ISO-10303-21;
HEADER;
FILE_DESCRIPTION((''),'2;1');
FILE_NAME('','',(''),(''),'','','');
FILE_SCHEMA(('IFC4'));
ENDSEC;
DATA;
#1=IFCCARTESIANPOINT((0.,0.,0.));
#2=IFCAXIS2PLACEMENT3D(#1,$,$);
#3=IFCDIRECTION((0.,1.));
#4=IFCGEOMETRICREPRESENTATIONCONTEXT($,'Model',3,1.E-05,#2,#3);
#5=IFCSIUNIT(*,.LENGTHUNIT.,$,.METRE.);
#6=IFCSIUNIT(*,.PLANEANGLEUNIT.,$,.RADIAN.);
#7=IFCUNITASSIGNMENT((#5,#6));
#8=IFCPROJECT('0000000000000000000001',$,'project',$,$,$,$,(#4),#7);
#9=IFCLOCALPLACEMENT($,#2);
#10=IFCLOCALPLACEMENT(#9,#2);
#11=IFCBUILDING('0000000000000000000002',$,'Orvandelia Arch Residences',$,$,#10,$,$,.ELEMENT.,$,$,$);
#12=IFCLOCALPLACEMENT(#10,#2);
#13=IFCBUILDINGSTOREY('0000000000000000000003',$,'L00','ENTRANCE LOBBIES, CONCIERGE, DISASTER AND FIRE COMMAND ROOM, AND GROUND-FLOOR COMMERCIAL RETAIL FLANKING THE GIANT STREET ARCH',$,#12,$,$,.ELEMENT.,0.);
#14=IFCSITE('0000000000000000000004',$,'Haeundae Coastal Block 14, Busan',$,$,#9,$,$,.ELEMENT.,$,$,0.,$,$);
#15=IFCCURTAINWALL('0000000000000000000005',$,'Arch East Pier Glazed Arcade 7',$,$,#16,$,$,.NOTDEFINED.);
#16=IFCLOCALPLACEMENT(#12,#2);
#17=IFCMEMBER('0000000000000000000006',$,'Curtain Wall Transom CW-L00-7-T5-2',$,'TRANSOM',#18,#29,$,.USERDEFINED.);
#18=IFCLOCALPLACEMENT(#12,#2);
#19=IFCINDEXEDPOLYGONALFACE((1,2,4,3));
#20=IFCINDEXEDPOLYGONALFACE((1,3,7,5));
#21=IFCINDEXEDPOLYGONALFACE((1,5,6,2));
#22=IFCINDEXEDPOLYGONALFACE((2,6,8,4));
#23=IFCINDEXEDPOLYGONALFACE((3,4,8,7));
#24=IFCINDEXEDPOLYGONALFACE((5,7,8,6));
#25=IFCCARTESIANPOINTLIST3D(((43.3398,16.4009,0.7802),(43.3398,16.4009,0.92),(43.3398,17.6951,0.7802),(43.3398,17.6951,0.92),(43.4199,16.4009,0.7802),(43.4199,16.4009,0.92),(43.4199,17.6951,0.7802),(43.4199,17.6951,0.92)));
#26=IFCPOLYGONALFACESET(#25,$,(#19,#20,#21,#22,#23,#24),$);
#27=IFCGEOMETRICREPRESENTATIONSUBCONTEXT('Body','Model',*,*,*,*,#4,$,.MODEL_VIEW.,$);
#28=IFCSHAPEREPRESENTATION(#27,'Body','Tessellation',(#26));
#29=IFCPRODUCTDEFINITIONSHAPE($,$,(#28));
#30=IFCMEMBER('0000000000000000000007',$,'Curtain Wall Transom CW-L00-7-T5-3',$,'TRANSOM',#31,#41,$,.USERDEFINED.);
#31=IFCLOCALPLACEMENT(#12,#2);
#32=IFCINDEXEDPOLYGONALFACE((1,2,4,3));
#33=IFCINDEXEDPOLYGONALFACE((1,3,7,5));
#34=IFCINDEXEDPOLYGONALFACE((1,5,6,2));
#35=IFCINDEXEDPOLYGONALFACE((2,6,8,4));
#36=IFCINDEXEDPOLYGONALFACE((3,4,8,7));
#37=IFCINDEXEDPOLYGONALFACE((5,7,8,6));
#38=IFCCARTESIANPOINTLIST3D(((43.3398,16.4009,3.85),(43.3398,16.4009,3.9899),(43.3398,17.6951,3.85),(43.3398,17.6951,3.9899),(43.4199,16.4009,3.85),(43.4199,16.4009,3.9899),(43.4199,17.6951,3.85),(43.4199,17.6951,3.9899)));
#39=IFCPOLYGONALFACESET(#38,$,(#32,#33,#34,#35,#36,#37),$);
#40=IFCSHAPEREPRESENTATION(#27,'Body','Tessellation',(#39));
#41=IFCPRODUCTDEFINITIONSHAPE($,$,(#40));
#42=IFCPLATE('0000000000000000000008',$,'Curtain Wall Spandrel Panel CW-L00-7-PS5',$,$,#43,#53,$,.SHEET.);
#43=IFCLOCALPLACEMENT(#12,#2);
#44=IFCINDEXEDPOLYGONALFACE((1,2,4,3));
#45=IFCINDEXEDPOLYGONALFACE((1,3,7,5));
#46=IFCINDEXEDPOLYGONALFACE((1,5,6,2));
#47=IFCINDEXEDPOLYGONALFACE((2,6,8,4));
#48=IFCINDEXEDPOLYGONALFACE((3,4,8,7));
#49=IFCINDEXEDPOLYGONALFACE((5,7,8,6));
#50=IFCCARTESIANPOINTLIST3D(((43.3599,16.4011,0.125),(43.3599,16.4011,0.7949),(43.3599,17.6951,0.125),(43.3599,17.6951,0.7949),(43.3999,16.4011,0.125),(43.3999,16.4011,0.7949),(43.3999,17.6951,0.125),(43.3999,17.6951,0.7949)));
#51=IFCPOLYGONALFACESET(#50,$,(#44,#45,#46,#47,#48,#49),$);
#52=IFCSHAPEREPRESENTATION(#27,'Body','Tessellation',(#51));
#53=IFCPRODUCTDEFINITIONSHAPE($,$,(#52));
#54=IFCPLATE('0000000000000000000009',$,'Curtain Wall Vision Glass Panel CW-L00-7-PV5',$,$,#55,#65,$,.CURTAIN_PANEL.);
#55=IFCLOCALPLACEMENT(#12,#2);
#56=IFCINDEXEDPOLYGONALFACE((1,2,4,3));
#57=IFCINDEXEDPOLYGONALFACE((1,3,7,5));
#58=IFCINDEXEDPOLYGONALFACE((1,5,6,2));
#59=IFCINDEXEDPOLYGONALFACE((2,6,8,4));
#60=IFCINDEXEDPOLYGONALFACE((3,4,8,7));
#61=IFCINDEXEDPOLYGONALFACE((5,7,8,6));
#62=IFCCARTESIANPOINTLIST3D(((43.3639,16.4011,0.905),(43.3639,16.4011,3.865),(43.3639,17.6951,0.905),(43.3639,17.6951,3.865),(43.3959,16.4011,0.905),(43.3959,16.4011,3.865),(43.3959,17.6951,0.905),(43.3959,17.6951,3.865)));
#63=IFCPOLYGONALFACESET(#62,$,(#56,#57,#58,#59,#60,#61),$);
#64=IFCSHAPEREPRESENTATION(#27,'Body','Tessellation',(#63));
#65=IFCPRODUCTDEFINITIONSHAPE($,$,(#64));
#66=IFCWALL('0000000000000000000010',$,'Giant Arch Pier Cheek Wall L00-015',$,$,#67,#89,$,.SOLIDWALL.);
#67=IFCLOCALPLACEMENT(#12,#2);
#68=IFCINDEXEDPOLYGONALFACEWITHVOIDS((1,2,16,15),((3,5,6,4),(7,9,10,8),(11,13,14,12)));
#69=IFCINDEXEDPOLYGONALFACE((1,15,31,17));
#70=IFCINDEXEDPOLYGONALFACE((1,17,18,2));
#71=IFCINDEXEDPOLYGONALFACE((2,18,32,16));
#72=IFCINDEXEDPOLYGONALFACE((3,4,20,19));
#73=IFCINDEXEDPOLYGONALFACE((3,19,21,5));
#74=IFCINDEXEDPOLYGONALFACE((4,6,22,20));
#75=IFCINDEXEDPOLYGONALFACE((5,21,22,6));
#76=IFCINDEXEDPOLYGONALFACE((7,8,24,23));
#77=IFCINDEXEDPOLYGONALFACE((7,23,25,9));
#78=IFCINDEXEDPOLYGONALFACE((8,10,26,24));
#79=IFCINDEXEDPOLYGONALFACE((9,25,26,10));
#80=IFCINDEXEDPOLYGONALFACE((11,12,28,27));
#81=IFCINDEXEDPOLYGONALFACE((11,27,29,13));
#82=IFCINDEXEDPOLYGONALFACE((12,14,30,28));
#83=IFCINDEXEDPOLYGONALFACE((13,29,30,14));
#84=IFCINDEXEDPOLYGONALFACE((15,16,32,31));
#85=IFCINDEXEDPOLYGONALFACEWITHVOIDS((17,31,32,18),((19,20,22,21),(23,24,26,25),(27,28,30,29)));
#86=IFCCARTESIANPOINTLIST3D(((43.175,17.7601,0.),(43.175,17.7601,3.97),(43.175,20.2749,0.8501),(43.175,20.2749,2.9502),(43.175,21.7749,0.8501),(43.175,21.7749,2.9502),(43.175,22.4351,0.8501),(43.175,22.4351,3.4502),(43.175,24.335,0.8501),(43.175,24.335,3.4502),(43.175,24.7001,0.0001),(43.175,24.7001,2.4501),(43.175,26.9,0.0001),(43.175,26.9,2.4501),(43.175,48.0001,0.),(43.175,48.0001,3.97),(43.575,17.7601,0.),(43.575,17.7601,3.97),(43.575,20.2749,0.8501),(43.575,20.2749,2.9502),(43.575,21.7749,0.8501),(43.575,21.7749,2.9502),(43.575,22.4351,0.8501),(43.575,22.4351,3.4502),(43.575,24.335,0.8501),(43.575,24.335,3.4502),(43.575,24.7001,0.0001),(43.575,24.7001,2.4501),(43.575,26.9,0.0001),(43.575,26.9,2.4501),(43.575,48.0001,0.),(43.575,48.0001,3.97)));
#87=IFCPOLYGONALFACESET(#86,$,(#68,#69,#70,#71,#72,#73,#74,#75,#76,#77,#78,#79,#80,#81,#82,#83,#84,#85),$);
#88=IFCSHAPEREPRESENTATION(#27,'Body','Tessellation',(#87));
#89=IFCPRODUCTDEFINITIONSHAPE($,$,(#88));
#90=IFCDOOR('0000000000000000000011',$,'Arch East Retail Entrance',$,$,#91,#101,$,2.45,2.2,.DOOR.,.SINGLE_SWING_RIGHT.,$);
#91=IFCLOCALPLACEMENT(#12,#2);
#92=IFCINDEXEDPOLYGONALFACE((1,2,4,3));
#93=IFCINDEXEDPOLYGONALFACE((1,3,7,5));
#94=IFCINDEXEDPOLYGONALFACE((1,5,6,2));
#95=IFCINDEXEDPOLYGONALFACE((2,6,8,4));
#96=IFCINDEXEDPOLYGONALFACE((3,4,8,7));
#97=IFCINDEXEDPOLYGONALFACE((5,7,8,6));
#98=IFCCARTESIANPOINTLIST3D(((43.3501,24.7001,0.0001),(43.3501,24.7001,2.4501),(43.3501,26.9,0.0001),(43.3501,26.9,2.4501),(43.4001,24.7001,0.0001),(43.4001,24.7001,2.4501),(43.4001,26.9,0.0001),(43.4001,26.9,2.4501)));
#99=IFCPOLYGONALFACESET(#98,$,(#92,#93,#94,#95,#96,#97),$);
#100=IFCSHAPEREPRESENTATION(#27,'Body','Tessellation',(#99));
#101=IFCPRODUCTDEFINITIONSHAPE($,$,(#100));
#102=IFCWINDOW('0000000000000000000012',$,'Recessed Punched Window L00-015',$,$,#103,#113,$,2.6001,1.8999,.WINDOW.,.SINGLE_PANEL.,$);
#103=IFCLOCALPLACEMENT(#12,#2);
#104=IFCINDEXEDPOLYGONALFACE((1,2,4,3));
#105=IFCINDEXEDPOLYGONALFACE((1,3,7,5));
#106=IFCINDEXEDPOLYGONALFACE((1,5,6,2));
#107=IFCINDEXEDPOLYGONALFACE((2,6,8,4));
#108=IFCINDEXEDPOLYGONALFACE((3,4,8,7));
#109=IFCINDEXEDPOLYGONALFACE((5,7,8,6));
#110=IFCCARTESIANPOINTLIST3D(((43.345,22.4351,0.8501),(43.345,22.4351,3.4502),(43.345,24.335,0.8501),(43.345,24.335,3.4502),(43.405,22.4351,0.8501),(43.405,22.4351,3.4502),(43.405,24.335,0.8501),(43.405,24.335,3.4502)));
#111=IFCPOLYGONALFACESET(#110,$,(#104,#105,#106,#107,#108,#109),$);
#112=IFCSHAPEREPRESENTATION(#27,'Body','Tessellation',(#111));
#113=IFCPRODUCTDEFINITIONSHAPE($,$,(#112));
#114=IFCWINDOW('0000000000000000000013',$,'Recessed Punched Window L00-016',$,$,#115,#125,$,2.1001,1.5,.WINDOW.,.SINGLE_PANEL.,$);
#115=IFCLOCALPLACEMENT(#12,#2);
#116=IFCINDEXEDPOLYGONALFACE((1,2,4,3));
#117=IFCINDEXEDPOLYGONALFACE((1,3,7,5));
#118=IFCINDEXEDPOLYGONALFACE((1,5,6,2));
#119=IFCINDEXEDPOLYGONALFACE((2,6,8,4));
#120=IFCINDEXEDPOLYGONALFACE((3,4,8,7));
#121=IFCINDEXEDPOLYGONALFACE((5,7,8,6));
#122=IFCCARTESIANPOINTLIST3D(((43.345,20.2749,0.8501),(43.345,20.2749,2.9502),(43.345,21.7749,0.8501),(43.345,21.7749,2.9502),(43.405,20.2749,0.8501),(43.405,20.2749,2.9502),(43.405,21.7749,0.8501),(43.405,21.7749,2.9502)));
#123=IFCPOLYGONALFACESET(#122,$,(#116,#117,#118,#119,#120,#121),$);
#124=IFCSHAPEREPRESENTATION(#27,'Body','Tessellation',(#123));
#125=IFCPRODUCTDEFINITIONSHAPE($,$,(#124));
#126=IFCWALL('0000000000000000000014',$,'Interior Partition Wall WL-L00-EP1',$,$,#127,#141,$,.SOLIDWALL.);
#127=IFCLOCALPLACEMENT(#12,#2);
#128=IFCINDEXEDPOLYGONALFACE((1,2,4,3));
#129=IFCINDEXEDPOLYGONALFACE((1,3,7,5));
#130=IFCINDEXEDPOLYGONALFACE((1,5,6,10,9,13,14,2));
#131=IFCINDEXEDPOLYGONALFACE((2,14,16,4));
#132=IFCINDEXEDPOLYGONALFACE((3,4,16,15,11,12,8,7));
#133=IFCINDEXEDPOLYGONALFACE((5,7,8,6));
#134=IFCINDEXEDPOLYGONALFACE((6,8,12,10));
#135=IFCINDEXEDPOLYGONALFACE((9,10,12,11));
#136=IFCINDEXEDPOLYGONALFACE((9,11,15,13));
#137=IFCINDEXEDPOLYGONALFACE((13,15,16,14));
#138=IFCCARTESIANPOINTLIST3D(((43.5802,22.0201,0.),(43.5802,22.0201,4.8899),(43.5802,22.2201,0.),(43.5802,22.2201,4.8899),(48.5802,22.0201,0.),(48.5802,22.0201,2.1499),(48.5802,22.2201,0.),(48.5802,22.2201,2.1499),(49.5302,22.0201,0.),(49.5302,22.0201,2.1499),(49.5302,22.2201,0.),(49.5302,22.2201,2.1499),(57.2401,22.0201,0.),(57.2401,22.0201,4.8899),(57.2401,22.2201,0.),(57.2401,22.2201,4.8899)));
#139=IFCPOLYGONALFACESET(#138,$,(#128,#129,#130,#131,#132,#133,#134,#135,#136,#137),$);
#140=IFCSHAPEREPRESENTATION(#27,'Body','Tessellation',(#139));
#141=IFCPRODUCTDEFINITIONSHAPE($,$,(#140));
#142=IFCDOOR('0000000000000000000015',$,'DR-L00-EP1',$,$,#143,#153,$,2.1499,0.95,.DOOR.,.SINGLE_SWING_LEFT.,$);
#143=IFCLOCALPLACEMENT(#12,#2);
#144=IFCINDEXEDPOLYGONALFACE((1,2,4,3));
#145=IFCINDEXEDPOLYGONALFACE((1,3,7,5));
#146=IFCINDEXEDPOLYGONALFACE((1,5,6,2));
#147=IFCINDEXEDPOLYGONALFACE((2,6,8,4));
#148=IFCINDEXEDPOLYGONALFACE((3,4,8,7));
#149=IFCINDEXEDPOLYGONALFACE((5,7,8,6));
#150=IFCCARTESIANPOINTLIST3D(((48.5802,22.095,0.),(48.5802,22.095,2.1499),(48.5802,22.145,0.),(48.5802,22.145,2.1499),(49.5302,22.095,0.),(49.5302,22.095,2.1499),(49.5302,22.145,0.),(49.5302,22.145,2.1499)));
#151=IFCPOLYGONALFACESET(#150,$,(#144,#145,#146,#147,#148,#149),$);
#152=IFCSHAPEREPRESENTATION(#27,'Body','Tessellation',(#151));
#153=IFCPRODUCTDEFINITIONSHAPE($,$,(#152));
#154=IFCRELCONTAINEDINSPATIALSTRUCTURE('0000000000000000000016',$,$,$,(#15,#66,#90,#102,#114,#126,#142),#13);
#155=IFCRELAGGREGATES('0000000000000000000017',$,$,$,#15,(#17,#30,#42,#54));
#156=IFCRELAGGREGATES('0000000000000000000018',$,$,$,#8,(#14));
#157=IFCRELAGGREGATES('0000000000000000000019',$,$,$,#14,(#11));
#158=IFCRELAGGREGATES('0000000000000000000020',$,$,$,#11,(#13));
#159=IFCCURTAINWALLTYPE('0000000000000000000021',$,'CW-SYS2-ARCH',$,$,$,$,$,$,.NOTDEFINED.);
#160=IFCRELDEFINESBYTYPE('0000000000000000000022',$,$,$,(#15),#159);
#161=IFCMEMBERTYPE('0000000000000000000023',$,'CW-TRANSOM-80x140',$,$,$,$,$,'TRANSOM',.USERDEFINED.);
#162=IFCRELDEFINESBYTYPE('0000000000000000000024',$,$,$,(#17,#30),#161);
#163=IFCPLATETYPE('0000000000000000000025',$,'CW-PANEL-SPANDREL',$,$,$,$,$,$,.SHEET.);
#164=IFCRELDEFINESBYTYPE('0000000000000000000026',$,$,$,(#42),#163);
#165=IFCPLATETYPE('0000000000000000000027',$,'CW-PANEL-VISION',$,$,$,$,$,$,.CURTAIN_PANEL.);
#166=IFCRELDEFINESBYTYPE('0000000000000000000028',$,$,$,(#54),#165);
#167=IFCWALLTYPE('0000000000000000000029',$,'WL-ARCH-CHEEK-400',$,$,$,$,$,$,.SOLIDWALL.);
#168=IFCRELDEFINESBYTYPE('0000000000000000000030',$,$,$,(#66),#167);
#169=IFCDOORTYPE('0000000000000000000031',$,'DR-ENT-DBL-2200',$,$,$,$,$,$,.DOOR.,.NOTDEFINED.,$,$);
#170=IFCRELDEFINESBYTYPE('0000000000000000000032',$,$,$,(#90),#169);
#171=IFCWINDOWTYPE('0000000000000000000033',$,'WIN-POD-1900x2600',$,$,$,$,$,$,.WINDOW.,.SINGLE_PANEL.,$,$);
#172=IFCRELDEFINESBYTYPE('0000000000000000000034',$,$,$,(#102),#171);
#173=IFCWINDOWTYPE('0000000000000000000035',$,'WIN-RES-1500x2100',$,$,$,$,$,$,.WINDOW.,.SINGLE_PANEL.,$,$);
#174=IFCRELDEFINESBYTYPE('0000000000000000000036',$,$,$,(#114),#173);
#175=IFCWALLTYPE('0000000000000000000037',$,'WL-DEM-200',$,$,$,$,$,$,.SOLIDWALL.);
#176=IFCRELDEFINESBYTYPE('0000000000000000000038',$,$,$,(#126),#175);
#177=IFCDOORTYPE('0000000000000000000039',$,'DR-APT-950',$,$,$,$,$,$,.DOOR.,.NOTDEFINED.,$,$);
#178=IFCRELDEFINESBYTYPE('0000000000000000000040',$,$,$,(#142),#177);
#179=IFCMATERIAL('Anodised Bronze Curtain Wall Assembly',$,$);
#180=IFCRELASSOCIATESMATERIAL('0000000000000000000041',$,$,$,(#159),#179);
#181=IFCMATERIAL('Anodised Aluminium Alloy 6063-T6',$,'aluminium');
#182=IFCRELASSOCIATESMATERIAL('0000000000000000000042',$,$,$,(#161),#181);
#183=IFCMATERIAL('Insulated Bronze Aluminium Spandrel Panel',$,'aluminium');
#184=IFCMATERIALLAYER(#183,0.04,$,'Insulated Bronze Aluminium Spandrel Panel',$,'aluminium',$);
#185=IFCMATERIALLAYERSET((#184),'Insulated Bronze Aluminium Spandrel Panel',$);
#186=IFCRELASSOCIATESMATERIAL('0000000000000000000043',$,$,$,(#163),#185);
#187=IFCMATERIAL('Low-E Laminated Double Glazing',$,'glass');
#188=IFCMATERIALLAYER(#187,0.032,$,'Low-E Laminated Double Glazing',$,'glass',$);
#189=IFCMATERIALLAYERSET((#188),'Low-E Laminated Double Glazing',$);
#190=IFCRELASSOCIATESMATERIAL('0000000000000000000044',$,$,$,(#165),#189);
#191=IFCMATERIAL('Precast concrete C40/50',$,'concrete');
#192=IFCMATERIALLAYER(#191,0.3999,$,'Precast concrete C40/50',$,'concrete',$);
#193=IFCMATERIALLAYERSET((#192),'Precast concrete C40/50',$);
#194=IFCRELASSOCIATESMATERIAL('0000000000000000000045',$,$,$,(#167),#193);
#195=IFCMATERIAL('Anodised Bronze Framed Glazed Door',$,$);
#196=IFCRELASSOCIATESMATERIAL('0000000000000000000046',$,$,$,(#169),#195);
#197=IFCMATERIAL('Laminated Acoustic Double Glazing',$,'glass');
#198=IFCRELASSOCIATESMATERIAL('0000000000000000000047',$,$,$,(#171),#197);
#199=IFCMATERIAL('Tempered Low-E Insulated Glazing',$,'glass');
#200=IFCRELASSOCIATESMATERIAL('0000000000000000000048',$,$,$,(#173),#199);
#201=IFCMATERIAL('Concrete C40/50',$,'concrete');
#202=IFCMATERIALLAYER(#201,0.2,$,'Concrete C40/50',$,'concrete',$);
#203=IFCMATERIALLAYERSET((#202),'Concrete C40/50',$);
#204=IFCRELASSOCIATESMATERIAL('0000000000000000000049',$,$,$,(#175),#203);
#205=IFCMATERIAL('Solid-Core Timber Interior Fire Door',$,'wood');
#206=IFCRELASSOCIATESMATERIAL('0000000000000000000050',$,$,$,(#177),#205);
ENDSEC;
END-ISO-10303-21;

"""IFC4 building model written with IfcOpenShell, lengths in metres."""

from ifc_helpers import new_model, si_unit, direction, frame, frame_2d, origin, origin_2d, place, context, subcontext, project, spatial, rectangle, extrude, material, layer, layer_set, material_profile, profile_set, type_object, element, fill, aggregate, save


model = new_model("IFC4")

# Units and contexts
model_context = context("Model", 3, precision=1e-05, world=origin(), true_north=direction((0.0, 1.0)))
body_context = subcontext(model_context, "Body", "Model", "MODEL_VIEW")
ifc_project = project(units=[si_unit("LENGTHUNIT", "METRE"), si_unit("PLANEANGLEUNIT", "RADIAN")], contexts=[model_context])

# Site, building, storey
site_placement = place(None, origin())
site = spatial("IfcSite", under=ifc_project, at=site_placement, Name="Haeundae Coastal Block 14, Busan", CompositionType="ELEMENT", RefElevation=0.0)
building_placement = place(site_placement, origin())
building = spatial("IfcBuilding", under=site, at=building_placement, Name="Orvandelia Arch Residences", CompositionType="ELEMENT")
storey_placement = place(building_placement, origin())
storey = spatial("IfcBuildingStorey", under=building, at=storey_placement, Name="L00", Description="ENTRANCE LOBBIES, CONCIERGE, DISASTER AND FIRE COMMAND ROOM, AND GROUND-FLOOR COMMERCIAL RETAIL FLANKING THE GIANT STREET ARCH", CompositionType="ELEMENT", Elevation=0.0)

# Curtain wall, members, plates
ifc_material_1 = material(Name="Anodised Bronze Curtain Wall Assembly")
curtain_wall_type = type_object("IfcCurtainWallType", Name="CW-SYS2-ARCH", PredefinedType="NOTDEFINED", material=ifc_material_1)
curtain_wall_placement = place(storey_placement, origin())
curtain_wall = element("IfcCurtainWall", 1, at=curtain_wall_placement, inside=storey, type_object=curtain_wall_type, Name="Arch East Pier Glazed Arcade 7", PredefinedType="NOTDEFINED")
ifc_material_2 = material(Name="Anodised Aluminium Alloy 6063-T6", Category="aluminium")
ifc_material_profile_1 = material_profile(ifc_material_2, rectangle(XDim=0.0801, YDim=0.1399, at=origin_2d()), Name="Anodised Aluminium Alloy 6063-T6", Category="aluminium")
ifc_profile_set_1 = profile_set([ifc_material_profile_1], Name="Anodised Aluminium Alloy 6063-T6")
member_type_1 = type_object("IfcMemberType", Name="CW-TRANSOM-80x140", ElementType="TRANSOM", PredefinedType="USERDEFINED", material=ifc_profile_set_1)
member_1_placement = place(storey_placement, frame((43.3799, 16.4009, 0.8501), z_axis=(0.0, 1.0, 0.0), x_axis=(-1.0, 0.0, 0.0)))
member_1 = element("IfcMember", 2, at=member_1_placement, type_object=member_type_1, Name="Curtain Wall Transom CW-L00-7-T5-2", ObjectType="TRANSOM", PredefinedType="USERDEFINED", context=body_context, shape_type="SweptSolid", body=[
    extrude(rectangle(XDim=0.0801, YDim=0.1399, at=origin_2d()), origin(), (0.0, 0.0, 1.0), 1.2942),
])
member_2_placement = place(storey_placement, frame((43.3799, 16.4009, 3.9199), z_axis=(0.0, 1.0, 0.0), x_axis=(-1.0, 0.0, 0.0)))
member_2 = element("IfcMember", 3, at=member_2_placement, type_object=member_type_1, Name="Curtain Wall Transom CW-L00-7-T5-3", ObjectType="TRANSOM", PredefinedType="USERDEFINED", context=body_context, shape_type="SweptSolid", body=[
    extrude(rectangle(XDim=0.0801, YDim=0.1399, at=origin_2d()), origin(), (0.0, 0.0, 1.0), 1.2942),
])
ifc_material_3 = material(Name="Insulated Bronze Aluminium Spandrel Panel", Category="aluminium")
ifc_layer_1 = layer(ifc_material_3, 0.04, Name="Insulated Bronze Aluminium Spandrel Panel", Category="aluminium")
ifc_layer_set_1 = layer_set([ifc_layer_1], Name="Insulated Bronze Aluminium Spandrel Panel")
plate_type_1 = type_object("IfcPlateType", Name="CW-PANEL-SPANDREL", PredefinedType="SHEET", material=ifc_layer_set_1)
plate_1_placement = place(storey_placement, frame((43.3799, 17.0481, 0.125), z_axis=(0.0, 0.0, 1.0), x_axis=(0.0, 1.0, 0.0)))
plate_1 = element("IfcPlate", 4, at=plate_1_placement, type_object=plate_type_1, Name="Curtain Wall Spandrel Panel CW-L00-7-PS5", PredefinedType="SHEET", context=body_context, shape_type="SweptSolid", body=[
    extrude(rectangle(XDim=1.2939, YDim=0.04, at=origin_2d()), origin(), (0.0, 0.0, 1.0), 0.6699),
])
ifc_material_4 = material(Name="Low-E Laminated Double Glazing", Category="glass")
ifc_layer_2 = layer(ifc_material_4, 0.032, Name="Low-E Laminated Double Glazing", Category="glass")
ifc_layer_set_2 = layer_set([ifc_layer_2], Name="Low-E Laminated Double Glazing")
plate_type_2 = type_object("IfcPlateType", Name="CW-PANEL-VISION", PredefinedType="CURTAIN_PANEL", material=ifc_layer_set_2)
plate_2_placement = place(storey_placement, frame((43.3799, 17.0481, 0.905), z_axis=(0.0, 0.0, 1.0), x_axis=(0.0, 1.0, 0.0)))
plate_2 = element("IfcPlate", 5, at=plate_2_placement, type_object=plate_type_2, Name="Curtain Wall Vision Glass Panel CW-L00-7-PV5", PredefinedType="CURTAIN_PANEL", context=body_context, shape_type="SweptSolid", body=[
    extrude(rectangle(XDim=1.2939, YDim=0.032, at=origin_2d()), origin(), (0.0, 0.0, 1.0), 2.96),
])
aggregate(curtain_wall, [member_1, member_2, plate_1, plate_2])

# Wall, openings, door, windows
ifc_material_5 = material(Name="Precast concrete C40/50", Category="concrete")
ifc_layer_3 = layer(ifc_material_5, 0.3999, Name="Precast concrete C40/50", Category="concrete")
ifc_layer_set_3 = layer_set([ifc_layer_3], Name="Precast concrete C40/50")
wall_type_1 = type_object("IfcWallType", Name="WL-ARCH-CHEEK-400", PredefinedType="SOLIDWALL", material=ifc_layer_set_3)
wall_1_placement = place(storey_placement, frame((43.375, 17.76, 0.0), z_axis=(0.0, 0.0, 1.0), x_axis=(0.0, 1.0, 0.0)))
wall_1 = element("IfcWall", 6, at=wall_1_placement, inside=storey, type_object=wall_type_1, Name="Giant Arch Pier Cheek Wall L00-015", PredefinedType="SOLIDWALL", context=body_context, shape_type="SweptSolid", body=[
    extrude(rectangle(XDim=30.24, YDim=0.3999, at=frame_2d((15.1201, 0.0))), origin(), (0.0, 0.0, 1.0), 3.97),
])
opening_1_placement = place(wall_1_placement, frame((6.9399, 0.0, 0.0)))
opening_1 = element("IfcOpeningElement", 7, at=opening_1_placement, cuts=wall_1, PredefinedType="OPENING", context=body_context, shape_type="SweptSolid", body=[
    extrude(rectangle(XDim=2.2, YDim=2.45, at=frame_2d((1.1001, 1.2251))), frame((0.0, 0.21, 0.0), z_axis=(0.0, -1.0, 0.0), x_axis=(1.0, 0.0, 0.0)), (0.0, 0.0, 1.0), 0.4199),
])
opening_2_placement = place(wall_1_placement, frame((4.675, 0.0, 0.8501)))
opening_2 = element("IfcOpeningElement", 8, at=opening_2_placement, cuts=wall_1, PredefinedType="OPENING", context=body_context, shape_type="SweptSolid", body=[
    extrude(rectangle(XDim=1.8999, YDim=2.6001, at=frame_2d((0.95, 1.3))), frame((0.0, 0.21, 0.0), z_axis=(0.0, -1.0, 0.0), x_axis=(1.0, 0.0, 0.0)), (0.0, 0.0, 1.0), 0.4199),
])
opening_3_placement = place(wall_1_placement, frame((2.5149, 0.0, 0.8501)))
opening_3 = element("IfcOpeningElement", 9, at=opening_3_placement, cuts=wall_1, PredefinedType="OPENING", context=body_context, shape_type="SweptSolid", body=[
    extrude(rectangle(XDim=1.5, YDim=2.1001, at=frame_2d((0.75, 1.05))), frame((0.0, 0.21, 0.0), z_axis=(0.0, -1.0, 0.0), x_axis=(1.0, 0.0, 0.0)), (0.0, 0.0, 1.0), 0.4199),
])
ifc_material_6 = material(Name="Anodised Bronze Framed Glazed Door")
door_type_1 = type_object("IfcDoorType", Name="DR-ENT-DBL-2200", OperationType="NOTDEFINED", PredefinedType="DOOR", material=ifc_material_6)
door_1_placement = place(opening_1_placement, origin())
door_1 = element("IfcDoor", 10, at=door_1_placement, inside=storey, type_object=door_type_1, Name="Arch East Retail Entrance", OperationType="SINGLE_SWING_RIGHT", OverallHeight=2.45, OverallWidth=2.2, PredefinedType="DOOR", context=body_context, shape_type="SweptSolid", body=[
    extrude(rectangle(XDim=2.2, YDim=2.45, at=frame_2d((1.1001, 1.2251))), frame((0.0, 0.0249, 0.0), z_axis=(0.0, -1.0, 0.0), x_axis=(1.0, 0.0, 0.0)), (0.0, 0.0, 1.0), 0.05),
])
fill(opening_1, door_1)
ifc_material_7 = material(Name="Laminated Acoustic Double Glazing", Category="glass")
window_type_1 = type_object("IfcWindowType", Name="WIN-POD-1900x2600", PartitioningType="SINGLE_PANEL", PredefinedType="WINDOW", material=ifc_material_7)
window_1_placement = place(opening_2_placement, origin())
window_1 = element("IfcWindow", 11, at=window_1_placement, inside=storey, type_object=window_type_1, Name="Recessed Punched Window L00-015", OverallHeight=2.6001, OverallWidth=1.8999, PartitioningType="SINGLE_PANEL", PredefinedType="WINDOW", context=body_context, shape_type="SweptSolid", body=[
    extrude(rectangle(XDim=1.8999, YDim=2.6001, at=frame_2d((0.95, 1.3))), frame((0.0, 0.03, 0.0), z_axis=(0.0, -1.0, 0.0), x_axis=(1.0, 0.0, 0.0)), (0.0, 0.0, 1.0), 0.0601),
])
fill(opening_2, window_1)
ifc_material_8 = material(Name="Tempered Low-E Insulated Glazing", Category="glass")
window_type_2 = type_object("IfcWindowType", Name="WIN-RES-1500x2100", PartitioningType="SINGLE_PANEL", PredefinedType="WINDOW", material=ifc_material_8)
window_2_placement = place(opening_3_placement, origin())
window_2 = element("IfcWindow", 12, at=window_2_placement, inside=storey, type_object=window_type_2, Name="Recessed Punched Window L00-016", OverallHeight=2.1001, OverallWidth=1.5, PartitioningType="SINGLE_PANEL", PredefinedType="WINDOW", context=body_context, shape_type="SweptSolid", body=[
    extrude(rectangle(XDim=1.5, YDim=2.1001, at=frame_2d((0.75, 1.05))), frame((0.0, 0.03, 0.0), z_axis=(0.0, -1.0, 0.0), x_axis=(1.0, 0.0, 0.0)), (0.0, 0.0, 1.0), 0.0601),
])
fill(opening_3, window_2)

# Wall, opening, door
ifc_material_9 = material(Name="Concrete C40/50", Category="concrete")
ifc_layer_4 = layer(ifc_material_9, 0.2, Name="Concrete C40/50", Category="concrete")
ifc_layer_set_4 = layer_set([ifc_layer_4], Name="Concrete C40/50")
wall_type_2 = type_object("IfcWallType", Name="WL-DEM-200", PredefinedType="SOLIDWALL", material=ifc_layer_set_4)
wall_2_placement = place(storey_placement, frame((43.5801, 22.1201, 0.0), z_axis=(0.0, 0.0, 1.0), x_axis=(1.0, 0.0, 0.0)))
wall_2 = element("IfcWall", 13, at=wall_2_placement, inside=storey, type_object=wall_type_2, Name="Interior Partition Wall WL-L00-EP1", PredefinedType="SOLIDWALL", context=body_context, shape_type="SweptSolid", body=[
    extrude(rectangle(XDim=13.6599, YDim=0.2, at=frame_2d((6.8301, 0.0))), origin(), (0.0, 0.0, 1.0), 4.8899),
])
opening_4_placement = place(wall_2_placement, frame((5.0, 0.0, 0.0)))
opening_4 = element("IfcOpeningElement", 14, at=opening_4_placement, cuts=wall_2, PredefinedType="OPENING", context=body_context, shape_type="SweptSolid", body=[
    extrude(rectangle(XDim=0.95, YDim=2.1499, at=frame_2d((0.4751, 1.075))), frame((0.0, 0.1099, 0.0), z_axis=(0.0, -1.0, 0.0), x_axis=(1.0, 0.0, 0.0)), (0.0, 0.0, 1.0), 0.22),
])
ifc_material_10 = material(Name="Solid-Core Timber Interior Fire Door", Category="wood")
door_type_2 = type_object("IfcDoorType", Name="DR-APT-950", OperationType="NOTDEFINED", PredefinedType="DOOR", material=ifc_material_10)
door_2_placement = place(opening_4_placement, origin())
door_2 = element("IfcDoor", 15, at=door_2_placement, inside=storey, type_object=door_type_2, Name="DR-L00-EP1", OperationType="SINGLE_SWING_LEFT", OverallHeight=2.1499, OverallWidth=0.95, PredefinedType="DOOR", context=body_context, shape_type="SweptSolid", body=[
    extrude(rectangle(XDim=0.95, YDim=2.1499, at=frame_2d((0.4751, 1.075))), frame((0.0, 0.0249, 0.0), z_axis=(0.0, -1.0, 0.0), x_axis=(1.0, 0.0, 0.0)), (0.0, 0.0, 1.0), 0.05),
])
fill(opening_4, door_2)

save(model, "model.ifc")
